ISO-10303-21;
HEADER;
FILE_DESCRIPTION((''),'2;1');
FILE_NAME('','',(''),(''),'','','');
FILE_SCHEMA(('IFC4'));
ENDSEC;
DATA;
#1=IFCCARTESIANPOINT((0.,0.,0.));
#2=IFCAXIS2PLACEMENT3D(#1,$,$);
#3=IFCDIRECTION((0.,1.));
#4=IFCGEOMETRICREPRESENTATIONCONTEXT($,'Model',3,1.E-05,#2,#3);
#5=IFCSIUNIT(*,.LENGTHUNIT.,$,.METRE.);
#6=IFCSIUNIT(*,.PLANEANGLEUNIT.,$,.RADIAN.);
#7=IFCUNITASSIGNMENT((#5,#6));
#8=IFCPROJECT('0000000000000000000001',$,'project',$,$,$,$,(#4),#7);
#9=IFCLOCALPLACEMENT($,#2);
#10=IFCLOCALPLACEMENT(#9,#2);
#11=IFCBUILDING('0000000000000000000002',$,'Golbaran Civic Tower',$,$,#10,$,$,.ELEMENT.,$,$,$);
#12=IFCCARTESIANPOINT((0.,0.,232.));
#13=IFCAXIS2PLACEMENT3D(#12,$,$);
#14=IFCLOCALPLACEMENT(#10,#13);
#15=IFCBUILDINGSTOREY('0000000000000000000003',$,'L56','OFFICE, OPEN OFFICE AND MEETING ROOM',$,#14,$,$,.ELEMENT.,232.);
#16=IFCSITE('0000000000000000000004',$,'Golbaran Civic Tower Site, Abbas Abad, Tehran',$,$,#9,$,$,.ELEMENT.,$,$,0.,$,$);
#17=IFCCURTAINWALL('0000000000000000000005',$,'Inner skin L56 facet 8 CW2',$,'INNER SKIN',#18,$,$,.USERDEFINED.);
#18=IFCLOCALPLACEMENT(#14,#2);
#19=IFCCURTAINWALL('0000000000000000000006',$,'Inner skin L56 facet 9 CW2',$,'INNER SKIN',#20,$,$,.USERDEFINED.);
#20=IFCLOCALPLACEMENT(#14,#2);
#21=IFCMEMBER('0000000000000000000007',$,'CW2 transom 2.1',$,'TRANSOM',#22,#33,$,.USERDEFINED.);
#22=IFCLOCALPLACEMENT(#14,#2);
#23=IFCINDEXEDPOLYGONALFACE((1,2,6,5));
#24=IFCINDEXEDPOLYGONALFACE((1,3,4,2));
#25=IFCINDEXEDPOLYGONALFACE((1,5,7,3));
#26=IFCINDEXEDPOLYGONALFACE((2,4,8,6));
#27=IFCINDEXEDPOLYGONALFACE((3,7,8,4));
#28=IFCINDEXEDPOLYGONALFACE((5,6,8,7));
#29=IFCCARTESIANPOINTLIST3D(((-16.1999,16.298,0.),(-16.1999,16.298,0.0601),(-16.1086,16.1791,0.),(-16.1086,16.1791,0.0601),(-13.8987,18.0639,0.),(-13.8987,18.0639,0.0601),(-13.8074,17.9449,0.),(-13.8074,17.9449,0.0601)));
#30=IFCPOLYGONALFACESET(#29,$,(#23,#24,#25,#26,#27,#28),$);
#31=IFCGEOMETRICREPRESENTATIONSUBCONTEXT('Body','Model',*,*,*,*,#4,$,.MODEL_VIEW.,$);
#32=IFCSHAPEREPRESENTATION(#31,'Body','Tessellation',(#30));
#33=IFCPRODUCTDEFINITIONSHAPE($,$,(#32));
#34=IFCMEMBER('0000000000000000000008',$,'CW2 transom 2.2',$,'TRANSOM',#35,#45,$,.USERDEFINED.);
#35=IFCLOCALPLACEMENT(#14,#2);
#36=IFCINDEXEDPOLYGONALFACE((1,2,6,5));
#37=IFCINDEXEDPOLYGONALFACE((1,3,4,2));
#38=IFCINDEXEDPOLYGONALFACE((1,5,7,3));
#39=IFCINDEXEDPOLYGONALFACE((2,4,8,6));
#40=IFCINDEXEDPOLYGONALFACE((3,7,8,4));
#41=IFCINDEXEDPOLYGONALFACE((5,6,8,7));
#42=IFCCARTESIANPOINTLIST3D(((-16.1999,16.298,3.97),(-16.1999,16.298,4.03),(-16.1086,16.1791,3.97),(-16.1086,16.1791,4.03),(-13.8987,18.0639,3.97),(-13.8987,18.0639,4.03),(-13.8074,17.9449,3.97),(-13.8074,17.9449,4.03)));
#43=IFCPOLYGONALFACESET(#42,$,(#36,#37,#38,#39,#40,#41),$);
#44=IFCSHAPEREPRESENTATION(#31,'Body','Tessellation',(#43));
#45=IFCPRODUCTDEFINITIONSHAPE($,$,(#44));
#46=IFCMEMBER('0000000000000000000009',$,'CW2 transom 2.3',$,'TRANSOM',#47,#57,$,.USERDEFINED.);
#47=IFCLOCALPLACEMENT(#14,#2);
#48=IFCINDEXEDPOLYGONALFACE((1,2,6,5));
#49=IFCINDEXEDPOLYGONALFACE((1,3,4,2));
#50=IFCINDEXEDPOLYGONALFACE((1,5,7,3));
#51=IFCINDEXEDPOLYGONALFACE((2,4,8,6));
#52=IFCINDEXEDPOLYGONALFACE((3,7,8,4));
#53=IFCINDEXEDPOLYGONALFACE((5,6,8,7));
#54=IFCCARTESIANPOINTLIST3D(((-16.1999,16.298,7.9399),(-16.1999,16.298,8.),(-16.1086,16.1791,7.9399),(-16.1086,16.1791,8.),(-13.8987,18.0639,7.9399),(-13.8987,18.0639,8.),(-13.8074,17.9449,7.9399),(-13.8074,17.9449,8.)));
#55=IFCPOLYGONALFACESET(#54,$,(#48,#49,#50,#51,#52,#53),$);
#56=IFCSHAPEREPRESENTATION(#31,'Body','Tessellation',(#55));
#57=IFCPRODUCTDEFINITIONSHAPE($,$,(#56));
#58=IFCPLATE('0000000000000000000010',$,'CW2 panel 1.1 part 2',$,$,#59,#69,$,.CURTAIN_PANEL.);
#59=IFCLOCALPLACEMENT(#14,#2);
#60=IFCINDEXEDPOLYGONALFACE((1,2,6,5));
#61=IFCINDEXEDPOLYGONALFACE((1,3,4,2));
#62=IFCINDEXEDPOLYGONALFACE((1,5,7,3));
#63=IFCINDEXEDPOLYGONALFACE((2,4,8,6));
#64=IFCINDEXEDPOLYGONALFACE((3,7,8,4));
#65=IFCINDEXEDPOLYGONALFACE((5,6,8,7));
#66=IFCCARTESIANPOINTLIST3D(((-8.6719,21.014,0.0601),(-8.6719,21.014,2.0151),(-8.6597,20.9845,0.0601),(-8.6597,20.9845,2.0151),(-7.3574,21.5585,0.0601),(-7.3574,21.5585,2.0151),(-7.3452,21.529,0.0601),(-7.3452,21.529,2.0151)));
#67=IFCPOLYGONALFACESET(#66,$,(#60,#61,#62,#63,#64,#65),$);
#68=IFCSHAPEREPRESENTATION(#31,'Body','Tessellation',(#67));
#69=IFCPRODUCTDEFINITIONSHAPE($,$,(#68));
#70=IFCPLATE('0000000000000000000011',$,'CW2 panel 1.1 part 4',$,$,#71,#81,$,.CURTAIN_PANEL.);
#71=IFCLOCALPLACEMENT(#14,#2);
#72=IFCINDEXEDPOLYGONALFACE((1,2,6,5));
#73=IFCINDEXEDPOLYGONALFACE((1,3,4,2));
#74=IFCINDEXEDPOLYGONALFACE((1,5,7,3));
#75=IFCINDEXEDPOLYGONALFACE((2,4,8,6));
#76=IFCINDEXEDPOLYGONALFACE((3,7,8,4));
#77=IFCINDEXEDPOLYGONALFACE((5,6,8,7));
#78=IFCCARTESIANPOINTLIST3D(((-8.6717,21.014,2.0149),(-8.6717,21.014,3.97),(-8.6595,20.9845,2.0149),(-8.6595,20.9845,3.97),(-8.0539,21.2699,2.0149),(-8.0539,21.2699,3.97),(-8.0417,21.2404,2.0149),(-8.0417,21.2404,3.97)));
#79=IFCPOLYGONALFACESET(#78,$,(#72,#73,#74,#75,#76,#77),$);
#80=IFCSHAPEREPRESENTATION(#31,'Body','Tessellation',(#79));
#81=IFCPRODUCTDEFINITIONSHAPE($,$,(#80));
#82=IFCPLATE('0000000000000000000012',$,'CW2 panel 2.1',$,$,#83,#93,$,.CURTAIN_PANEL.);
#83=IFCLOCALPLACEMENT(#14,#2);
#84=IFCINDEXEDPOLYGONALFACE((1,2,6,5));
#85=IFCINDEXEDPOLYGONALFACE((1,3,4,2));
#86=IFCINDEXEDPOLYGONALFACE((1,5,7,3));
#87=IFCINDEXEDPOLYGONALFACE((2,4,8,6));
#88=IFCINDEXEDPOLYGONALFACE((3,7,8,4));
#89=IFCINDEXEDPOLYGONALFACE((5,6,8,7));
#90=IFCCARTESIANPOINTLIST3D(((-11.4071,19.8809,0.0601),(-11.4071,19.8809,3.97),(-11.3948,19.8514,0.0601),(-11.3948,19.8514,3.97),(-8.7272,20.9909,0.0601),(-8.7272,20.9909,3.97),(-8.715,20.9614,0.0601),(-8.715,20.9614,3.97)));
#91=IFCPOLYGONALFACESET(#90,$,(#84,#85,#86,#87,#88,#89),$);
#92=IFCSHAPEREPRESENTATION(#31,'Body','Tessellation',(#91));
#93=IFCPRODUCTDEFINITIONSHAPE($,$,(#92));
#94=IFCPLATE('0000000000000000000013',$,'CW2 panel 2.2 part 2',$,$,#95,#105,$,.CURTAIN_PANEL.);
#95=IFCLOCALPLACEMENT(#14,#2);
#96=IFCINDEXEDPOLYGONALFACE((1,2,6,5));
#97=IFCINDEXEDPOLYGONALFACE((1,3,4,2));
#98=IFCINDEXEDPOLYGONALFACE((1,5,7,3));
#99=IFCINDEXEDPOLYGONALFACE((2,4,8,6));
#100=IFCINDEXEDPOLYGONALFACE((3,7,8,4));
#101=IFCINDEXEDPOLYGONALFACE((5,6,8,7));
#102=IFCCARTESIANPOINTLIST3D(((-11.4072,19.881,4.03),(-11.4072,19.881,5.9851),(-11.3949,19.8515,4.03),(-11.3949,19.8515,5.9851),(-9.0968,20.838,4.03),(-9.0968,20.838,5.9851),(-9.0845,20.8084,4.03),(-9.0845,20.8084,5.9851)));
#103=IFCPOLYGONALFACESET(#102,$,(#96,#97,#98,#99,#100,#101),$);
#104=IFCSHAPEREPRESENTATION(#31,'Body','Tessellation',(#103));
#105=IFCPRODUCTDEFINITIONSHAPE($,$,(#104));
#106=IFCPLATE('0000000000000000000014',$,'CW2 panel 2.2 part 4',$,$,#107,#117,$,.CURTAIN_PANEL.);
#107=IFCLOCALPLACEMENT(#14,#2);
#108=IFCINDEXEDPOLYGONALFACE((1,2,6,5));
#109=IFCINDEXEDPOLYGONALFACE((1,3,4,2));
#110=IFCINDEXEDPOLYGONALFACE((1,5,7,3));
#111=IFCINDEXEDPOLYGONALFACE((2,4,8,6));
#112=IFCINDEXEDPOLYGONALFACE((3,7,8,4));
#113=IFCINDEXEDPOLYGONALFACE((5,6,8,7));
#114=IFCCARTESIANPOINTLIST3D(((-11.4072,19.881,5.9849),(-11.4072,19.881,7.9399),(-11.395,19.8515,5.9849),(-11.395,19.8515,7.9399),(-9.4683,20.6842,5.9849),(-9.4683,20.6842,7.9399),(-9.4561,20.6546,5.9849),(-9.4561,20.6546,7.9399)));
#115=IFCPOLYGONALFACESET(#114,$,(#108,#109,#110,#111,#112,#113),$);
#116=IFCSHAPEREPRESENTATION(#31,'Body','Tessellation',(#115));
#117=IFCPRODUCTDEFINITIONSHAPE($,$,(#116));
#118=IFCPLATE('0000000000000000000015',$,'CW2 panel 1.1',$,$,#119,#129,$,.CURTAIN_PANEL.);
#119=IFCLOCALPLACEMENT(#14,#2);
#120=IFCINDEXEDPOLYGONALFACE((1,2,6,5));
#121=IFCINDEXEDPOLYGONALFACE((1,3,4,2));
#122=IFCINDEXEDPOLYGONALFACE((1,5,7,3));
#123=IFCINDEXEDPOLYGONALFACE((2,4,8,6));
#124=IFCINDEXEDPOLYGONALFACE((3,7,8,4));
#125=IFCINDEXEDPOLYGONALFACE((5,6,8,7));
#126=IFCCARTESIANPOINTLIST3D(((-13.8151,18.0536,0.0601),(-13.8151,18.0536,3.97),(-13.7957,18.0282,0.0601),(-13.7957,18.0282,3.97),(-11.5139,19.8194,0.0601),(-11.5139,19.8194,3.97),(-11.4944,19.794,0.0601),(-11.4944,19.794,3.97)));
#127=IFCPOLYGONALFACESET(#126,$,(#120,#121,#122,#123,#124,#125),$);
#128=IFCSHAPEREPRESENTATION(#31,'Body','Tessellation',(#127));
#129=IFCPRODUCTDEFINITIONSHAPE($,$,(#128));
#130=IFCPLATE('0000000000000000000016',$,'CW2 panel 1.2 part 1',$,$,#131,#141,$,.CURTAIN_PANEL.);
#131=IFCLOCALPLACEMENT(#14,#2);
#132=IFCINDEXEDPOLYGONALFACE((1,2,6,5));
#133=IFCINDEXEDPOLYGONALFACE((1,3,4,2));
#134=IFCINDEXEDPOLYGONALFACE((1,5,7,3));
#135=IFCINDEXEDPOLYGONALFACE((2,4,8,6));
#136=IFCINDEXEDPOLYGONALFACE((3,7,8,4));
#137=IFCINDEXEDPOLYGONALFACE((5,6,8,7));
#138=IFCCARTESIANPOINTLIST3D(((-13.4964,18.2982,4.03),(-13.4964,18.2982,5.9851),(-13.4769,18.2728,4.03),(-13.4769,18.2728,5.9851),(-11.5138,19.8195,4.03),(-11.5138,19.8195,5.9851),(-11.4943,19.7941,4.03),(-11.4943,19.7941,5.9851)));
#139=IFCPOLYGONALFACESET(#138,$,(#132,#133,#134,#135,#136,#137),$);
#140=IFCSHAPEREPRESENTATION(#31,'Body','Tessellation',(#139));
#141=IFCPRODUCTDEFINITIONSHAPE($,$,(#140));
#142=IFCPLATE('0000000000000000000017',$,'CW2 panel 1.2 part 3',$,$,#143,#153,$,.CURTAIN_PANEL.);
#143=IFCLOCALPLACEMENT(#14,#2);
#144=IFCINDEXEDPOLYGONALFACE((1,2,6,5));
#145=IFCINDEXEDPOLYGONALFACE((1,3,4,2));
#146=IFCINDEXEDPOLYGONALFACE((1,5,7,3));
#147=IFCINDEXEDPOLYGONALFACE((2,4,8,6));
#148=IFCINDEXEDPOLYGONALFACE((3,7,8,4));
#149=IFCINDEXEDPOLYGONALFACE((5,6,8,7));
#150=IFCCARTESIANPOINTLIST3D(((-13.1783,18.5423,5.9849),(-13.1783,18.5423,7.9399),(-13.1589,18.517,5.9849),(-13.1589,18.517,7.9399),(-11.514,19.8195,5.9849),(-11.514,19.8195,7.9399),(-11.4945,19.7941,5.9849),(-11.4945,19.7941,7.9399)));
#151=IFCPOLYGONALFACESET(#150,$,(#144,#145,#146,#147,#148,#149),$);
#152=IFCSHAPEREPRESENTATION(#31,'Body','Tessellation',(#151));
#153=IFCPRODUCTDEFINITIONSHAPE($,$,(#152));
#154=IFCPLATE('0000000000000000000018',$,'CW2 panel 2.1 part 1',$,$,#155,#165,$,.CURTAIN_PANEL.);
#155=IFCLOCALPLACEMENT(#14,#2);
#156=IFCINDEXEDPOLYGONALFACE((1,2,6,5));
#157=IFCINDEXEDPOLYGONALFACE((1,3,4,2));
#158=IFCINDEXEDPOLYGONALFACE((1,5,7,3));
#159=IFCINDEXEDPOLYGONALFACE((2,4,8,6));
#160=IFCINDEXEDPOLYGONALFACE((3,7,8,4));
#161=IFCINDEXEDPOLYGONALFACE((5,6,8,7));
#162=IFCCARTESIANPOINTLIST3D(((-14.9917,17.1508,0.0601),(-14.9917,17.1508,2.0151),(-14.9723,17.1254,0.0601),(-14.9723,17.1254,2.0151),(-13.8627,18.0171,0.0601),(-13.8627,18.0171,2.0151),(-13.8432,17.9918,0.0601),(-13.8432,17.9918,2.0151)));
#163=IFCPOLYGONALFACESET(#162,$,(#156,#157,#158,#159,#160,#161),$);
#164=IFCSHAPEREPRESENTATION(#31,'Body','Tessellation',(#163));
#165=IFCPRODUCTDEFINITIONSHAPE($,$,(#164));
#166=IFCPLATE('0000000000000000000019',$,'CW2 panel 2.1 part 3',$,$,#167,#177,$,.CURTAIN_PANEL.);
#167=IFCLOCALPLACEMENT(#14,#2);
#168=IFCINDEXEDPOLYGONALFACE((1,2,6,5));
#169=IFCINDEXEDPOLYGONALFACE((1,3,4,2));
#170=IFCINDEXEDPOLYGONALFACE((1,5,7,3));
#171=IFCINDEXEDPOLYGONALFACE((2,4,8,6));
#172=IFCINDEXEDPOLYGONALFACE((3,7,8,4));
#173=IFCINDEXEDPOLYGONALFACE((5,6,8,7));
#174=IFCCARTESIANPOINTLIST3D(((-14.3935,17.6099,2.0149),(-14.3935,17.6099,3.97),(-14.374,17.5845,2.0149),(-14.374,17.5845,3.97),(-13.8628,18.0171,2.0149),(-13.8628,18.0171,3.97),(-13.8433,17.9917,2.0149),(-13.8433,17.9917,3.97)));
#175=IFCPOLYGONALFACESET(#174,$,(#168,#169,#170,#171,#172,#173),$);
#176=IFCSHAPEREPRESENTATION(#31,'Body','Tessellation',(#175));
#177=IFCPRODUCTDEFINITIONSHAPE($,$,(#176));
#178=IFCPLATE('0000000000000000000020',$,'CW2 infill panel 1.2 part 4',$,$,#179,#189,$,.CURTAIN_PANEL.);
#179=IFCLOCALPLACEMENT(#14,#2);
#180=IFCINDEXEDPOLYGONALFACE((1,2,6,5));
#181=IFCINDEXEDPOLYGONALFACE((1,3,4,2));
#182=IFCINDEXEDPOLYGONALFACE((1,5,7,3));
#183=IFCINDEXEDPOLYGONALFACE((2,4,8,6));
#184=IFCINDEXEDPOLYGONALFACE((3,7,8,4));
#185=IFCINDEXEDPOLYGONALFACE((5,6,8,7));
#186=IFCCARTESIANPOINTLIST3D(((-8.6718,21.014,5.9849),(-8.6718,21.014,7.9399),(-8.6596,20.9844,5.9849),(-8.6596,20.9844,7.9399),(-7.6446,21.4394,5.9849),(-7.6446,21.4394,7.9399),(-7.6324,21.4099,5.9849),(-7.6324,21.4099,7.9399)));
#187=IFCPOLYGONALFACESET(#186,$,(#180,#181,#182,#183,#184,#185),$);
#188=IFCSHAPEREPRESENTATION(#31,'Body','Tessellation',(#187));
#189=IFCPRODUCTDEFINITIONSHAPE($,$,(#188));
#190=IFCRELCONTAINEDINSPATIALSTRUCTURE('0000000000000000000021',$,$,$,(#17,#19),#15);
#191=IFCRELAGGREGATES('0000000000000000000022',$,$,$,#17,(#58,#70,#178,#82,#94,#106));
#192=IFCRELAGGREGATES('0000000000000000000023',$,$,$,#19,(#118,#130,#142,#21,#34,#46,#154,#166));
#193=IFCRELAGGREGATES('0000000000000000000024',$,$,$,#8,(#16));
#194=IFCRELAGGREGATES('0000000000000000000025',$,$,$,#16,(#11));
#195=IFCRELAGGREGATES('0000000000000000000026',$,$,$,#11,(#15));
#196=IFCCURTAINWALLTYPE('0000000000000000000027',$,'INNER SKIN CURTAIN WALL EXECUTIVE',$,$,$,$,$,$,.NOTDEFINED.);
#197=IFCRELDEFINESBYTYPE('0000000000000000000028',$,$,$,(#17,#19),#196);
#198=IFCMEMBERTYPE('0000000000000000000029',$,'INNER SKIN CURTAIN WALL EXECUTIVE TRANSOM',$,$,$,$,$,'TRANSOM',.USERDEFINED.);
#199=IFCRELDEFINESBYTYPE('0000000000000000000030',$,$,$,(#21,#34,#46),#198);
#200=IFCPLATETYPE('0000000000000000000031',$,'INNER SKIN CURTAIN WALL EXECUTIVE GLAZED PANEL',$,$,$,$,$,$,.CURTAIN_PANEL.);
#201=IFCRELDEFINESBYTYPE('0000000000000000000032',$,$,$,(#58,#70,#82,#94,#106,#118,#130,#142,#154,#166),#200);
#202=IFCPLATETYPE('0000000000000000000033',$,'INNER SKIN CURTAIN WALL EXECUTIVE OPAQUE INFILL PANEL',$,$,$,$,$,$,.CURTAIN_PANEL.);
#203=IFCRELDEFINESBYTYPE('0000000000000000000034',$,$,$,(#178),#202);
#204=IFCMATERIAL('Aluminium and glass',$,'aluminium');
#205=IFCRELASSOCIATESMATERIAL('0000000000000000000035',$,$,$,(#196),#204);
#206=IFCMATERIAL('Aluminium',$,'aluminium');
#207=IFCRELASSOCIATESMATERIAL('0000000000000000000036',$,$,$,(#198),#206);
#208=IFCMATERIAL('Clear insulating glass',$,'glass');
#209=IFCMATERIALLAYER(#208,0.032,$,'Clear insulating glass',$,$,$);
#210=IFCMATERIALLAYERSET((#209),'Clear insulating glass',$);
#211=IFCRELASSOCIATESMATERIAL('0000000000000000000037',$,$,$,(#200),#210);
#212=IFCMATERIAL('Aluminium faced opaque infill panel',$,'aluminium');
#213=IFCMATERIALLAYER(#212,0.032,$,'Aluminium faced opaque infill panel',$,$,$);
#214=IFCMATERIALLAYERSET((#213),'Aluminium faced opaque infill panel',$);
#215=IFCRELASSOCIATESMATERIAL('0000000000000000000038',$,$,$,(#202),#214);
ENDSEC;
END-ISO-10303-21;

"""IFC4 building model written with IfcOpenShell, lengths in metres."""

from ifc_helpers import new_model, si_unit, direction, frame, origin, origin_2d, place, context, subcontext, project, spatial, rectangle, extrude, material, layer, layer_set, material_profile, profile_set, type_object, element, aggregate, save


model = new_model("IFC4")

# Units and contexts
model_context = context("Model", 3, precision=1e-05, world=origin(), true_north=direction((0.0, 1.0)))
body_context = subcontext(model_context, "Body", "Model", "MODEL_VIEW")
ifc_project = project(units=[si_unit("LENGTHUNIT", "METRE"), si_unit("PLANEANGLEUNIT", "RADIAN")], contexts=[model_context])

# Site, building, storey
site_placement = place(None, origin())
site = spatial("IfcSite", under=ifc_project, at=site_placement, Name="Golbaran Civic Tower Site, Abbas Abad, Tehran", CompositionType="ELEMENT", RefElevation=0.0)
building_placement = place(site_placement, origin())
building = spatial("IfcBuilding", under=site, at=building_placement, Name="Golbaran Civic Tower", CompositionType="ELEMENT")
storey_placement = place(building_placement, frame((0.0, 0.0, 232.0)))
storey = spatial("IfcBuildingStorey", under=building, at=storey_placement, Name="L56", Description="OFFICE, OPEN OFFICE AND MEETING ROOM", CompositionType="ELEMENT", Elevation=232.0)

# Curtain walls
ifc_material_1 = material(Name="Aluminium and glass", Category="aluminium")
curtain_wall_type = type_object("IfcCurtainWallType", Name="INNER SKIN CURTAIN WALL EXECUTIVE", PredefinedType="NOTDEFINED", material=ifc_material_1)
curtain_wall_1_placement = place(storey_placement, origin())
curtain_wall_1 = element("IfcCurtainWall", 1, at=curtain_wall_1_placement, inside=storey, type_object=curtain_wall_type, Name="Inner skin L56 facet 8 CW2", ObjectType="INNER SKIN", PredefinedType="USERDEFINED")
ifc_material_2 = material(Name="Aluminium", Category="aluminium")
curtain_wall_2_placement = place(storey_placement, origin())
curtain_wall_2 = element("IfcCurtainWall", 2, at=curtain_wall_2_placement, inside=storey, type_object=curtain_wall_type, Name="Inner skin L56 facet 9 CW2", ObjectType="INNER SKIN", PredefinedType="USERDEFINED")

# Members
ifc_material_profile_1 = material_profile(ifc_material_2, rectangle(XDim=0.1499, YDim=0.0601, at=origin_2d()), Name="INNER SKIN CURTAIN WALL EXECUTIVE TRANSOM")
ifc_profile_set_1 = profile_set([ifc_material_profile_1], Name="Aluminium")
member_type_1 = type_object("IfcMemberType", Name="INNER SKIN CURTAIN WALL EXECUTIVE TRANSOM", ElementType="TRANSOM", PredefinedType="USERDEFINED", material=ifc_profile_set_1)
member_1_placement = place(storey_placement, frame((-13.853, 18.0044, 0.03), z_axis=(-0.793346, -0.608771, 0.0), x_axis=(0.608771, -0.793346, 0.0)))
member_1 = element("IfcMember", 3, at=member_1_placement, type_object=member_type_1, Name="CW2 transom 2.1", ObjectType="TRANSOM", PredefinedType="USERDEFINED", context=body_context, shape_type="SweptSolid", body=[
    extrude(rectangle(XDim=0.1499, YDim=0.0601, at=origin_2d()), origin(), (0.0, 0.0, 1.0), 2.9006),
])
member_2_placement = place(storey_placement, frame((-13.853, 18.0044, 4.0), z_axis=(-0.793346, -0.608771, 0.0), x_axis=(0.608771, -0.793346, 0.0)))
member_2 = element("IfcMember", 4, at=member_2_placement, type_object=member_type_1, Name="CW2 transom 2.2", ObjectType="TRANSOM", PredefinedType="USERDEFINED", context=body_context, shape_type="SweptSolid", body=[
    extrude(rectangle(XDim=0.1499, YDim=0.0601, at=origin_2d()), origin(), (0.0, 0.0, 1.0), 2.9006),
])
member_3_placement = place(storey_placement, frame((-13.853, 18.0044, 7.97), z_axis=(-0.793346, -0.608771, 0.0), x_axis=(0.608771, -0.793346, 0.0)))
member_3 = element("IfcMember", 5, at=member_3_placement, type_object=member_type_1, Name="CW2 transom 2.3", ObjectType="TRANSOM", PredefinedType="USERDEFINED", context=body_context, shape_type="SweptSolid", body=[
    extrude(rectangle(XDim=0.1499, YDim=0.0601, at=origin_2d()), origin(), (0.0, 0.0, 1.0), 2.9006),
])

# Plates
ifc_material_3 = material(Name="Clear insulating glass", Category="glass")
ifc_layer_1 = layer(ifc_material_3, 0.032, Name="Clear insulating glass")
ifc_layer_set_1 = layer_set([ifc_layer_1], Name="Clear insulating glass")
plate_type_1 = type_object("IfcPlateType", Name="INNER SKIN CURTAIN WALL EXECUTIVE GLAZED PANEL", PredefinedType="CURTAIN_PANEL", material=ifc_layer_set_1)
plate_1_placement = place(storey_placement, frame((-8.0085, 21.2715, 0.0601), z_axis=(0.0, 0.0, 1.0), x_axis=(-0.92388, -0.382683, 0.0)))
plate_1 = element("IfcPlate", 6, at=plate_1_placement, type_object=plate_type_1, Name="CW2 panel 1.1 part 2", PredefinedType="CURTAIN_PANEL", context=body_context, shape_type="SweptSolid", body=[
    extrude(rectangle(XDim=1.4229, YDim=0.032, at=origin_2d()), origin(), (0.0, 0.0, 1.0), 1.9551),
])
plate_2_placement = place(storey_placement, frame((-8.3567, 21.1272, 2.0149), z_axis=(0.0, 0.0, 1.0), x_axis=(-0.92388, -0.382683, 0.0)))
plate_2 = element("IfcPlate", 7, at=plate_2_placement, type_object=plate_type_1, Name="CW2 panel 1.1 part 4", PredefinedType="CURTAIN_PANEL", context=body_context, shape_type="SweptSolid", body=[
    extrude(rectangle(XDim=0.6687, YDim=0.032, at=origin_2d()), origin(), (0.0, 0.0, 1.0), 1.9551),
])
plate_3_placement = place(storey_placement, frame((-10.061, 20.4211, 0.0601), z_axis=(0.0, 0.0, 1.0), x_axis=(-0.92388, -0.382683, 0.0)))
plate_3 = element("IfcPlate", 8, at=plate_3_placement, type_object=plate_type_1, Name="CW2 panel 2.1", PredefinedType="CURTAIN_PANEL", context=body_context, shape_type="SweptSolid", body=[
    extrude(rectangle(XDim=2.9006, YDim=0.032, at=origin_2d()), origin(), (0.0, 0.0, 1.0), 3.9099),
])
plate_4_placement = place(storey_placement, frame((-10.2458, 20.3447, 4.03), z_axis=(0.0, 0.0, 1.0), x_axis=(-0.92388, -0.382683, 0.0)))
plate_4 = element("IfcPlate", 9, at=plate_4_placement, type_object=plate_type_1, Name="CW2 panel 2.2 part 2", PredefinedType="CURTAIN_PANEL", context=body_context, shape_type="SweptSolid", body=[
    extrude(rectangle(XDim=2.5007, YDim=0.032, at=origin_2d()), origin(), (0.0, 0.0, 1.0), 1.9551),
])
plate_5_placement = place(storey_placement, frame((-10.4316, 20.2678, 5.9849), z_axis=(0.0, 0.0, 1.0), x_axis=(-0.92388, -0.382683, 0.0)))
plate_5 = element("IfcPlate", 10, at=plate_5_placement, type_object=plate_type_1, Name="CW2 panel 2.2 part 4", PredefinedType="CURTAIN_PANEL", context=body_context, shape_type="SweptSolid", body=[
    extrude(rectangle(XDim=2.0986, YDim=0.032, at=origin_2d()), origin(), (0.0, 0.0, 1.0), 1.9551),
])
plate_6_placement = place(storey_placement, frame((-12.6548, 18.9238, 0.0601), z_axis=(0.0, 0.0, 1.0), x_axis=(-0.793353, -0.608761, 0.0)))
plate_6 = element("IfcPlate", 11, at=plate_6_placement, type_object=plate_type_1, Name="CW2 panel 1.1", PredefinedType="CURTAIN_PANEL", context=body_context, shape_type="SweptSolid", body=[
    extrude(rectangle(XDim=2.9006, YDim=0.032, at=origin_2d()), origin(), (0.0, 0.0, 1.0), 3.9099),
])
plate_7_placement = place(storey_placement, frame((-12.4954, 19.0461, 4.03), z_axis=(0.0, 0.0, 1.0), x_axis=(-0.793353, -0.608761, 0.0)))
plate_7 = element("IfcPlate", 12, at=plate_7_placement, type_object=plate_type_1, Name="CW2 panel 1.2 part 1", PredefinedType="CURTAIN_PANEL", context=body_context, shape_type="SweptSolid", body=[
    extrude(rectangle(XDim=2.499, YDim=0.032, at=origin_2d()), origin(), (0.0, 0.0, 1.0), 1.9551),
])
plate_8_placement = place(storey_placement, frame((-12.3364, 19.1682, 5.9849), z_axis=(0.0, 0.0, 1.0), x_axis=(-0.793353, -0.608761, 0.0)))
plate_8 = element("IfcPlate", 13, at=plate_8_placement, type_object=plate_type_1, Name="CW2 panel 1.2 part 3", PredefinedType="CURTAIN_PANEL", context=body_context, shape_type="SweptSolid", body=[
    extrude(rectangle(XDim=2.0979, YDim=0.032, at=origin_2d()), origin(), (0.0, 0.0, 1.0), 1.9551),
])
plate_9_placement = place(storey_placement, frame((-14.4175, 17.5713, 0.0601), z_axis=(0.0, 0.0, 1.0), x_axis=(-0.793353, -0.608761, 0.0)))
plate_9 = element("IfcPlate", 14, at=plate_9_placement, type_object=plate_type_1, Name="CW2 panel 2.1 part 1", PredefinedType="CURTAIN_PANEL", context=body_context, shape_type="SweptSolid", body=[
    extrude(rectangle(XDim=1.4231, YDim=0.032, at=origin_2d()), origin(), (0.0, 0.0, 1.0), 1.9551),
])
plate_10_placement = place(storey_placement, frame((-14.1184, 17.8008, 2.0149), z_axis=(0.0, 0.0, 1.0), x_axis=(-0.793353, -0.608761, 0.0)))
plate_10 = element("IfcPlate", 15, at=plate_10_placement, type_object=plate_type_1, Name="CW2 panel 2.1 part 3", PredefinedType="CURTAIN_PANEL", context=body_context, shape_type="SweptSolid", body=[
    extrude(rectangle(XDim=0.6689, YDim=0.032, at=origin_2d()), origin(), (0.0, 0.0, 1.0), 1.9551),
])
ifc_material_4 = material(Name="Aluminium faced opaque infill panel", Category="aluminium")
ifc_layer_2 = layer(ifc_material_4, 0.032, Name="Aluminium faced opaque infill panel")
ifc_layer_set_2 = layer_set([ifc_layer_2], Name="Aluminium faced opaque infill panel")
plate_type_2 = type_object("IfcPlateType", Name="INNER SKIN CURTAIN WALL EXECUTIVE OPAQUE INFILL PANEL", PredefinedType="CURTAIN_PANEL", material=ifc_layer_set_2)
plate_11_placement = place(storey_placement, frame((-8.1521, 21.2119, 5.9849), z_axis=(0.0, 0.0, 1.0), x_axis=(-0.92388, -0.382683, 0.0)))
plate_11 = element("IfcPlate", 16, at=plate_11_placement, type_object=plate_type_2, Name="CW2 infill panel 1.2 part 4", PredefinedType="CURTAIN_PANEL", context=body_context, shape_type="SweptSolid", body=[
    extrude(rectangle(XDim=1.1118, YDim=0.032, at=origin_2d()), origin(), (0.0, 0.0, 1.0), 1.9551),
])
aggregate(curtain_wall_1, [plate_1, plate_2, plate_11, plate_3, plate_4, plate_5])
aggregate(curtain_wall_2, [plate_6, plate_7, plate_8, member_1, member_2, member_3, plate_9, plate_10])

save(model, "model.ifc")
